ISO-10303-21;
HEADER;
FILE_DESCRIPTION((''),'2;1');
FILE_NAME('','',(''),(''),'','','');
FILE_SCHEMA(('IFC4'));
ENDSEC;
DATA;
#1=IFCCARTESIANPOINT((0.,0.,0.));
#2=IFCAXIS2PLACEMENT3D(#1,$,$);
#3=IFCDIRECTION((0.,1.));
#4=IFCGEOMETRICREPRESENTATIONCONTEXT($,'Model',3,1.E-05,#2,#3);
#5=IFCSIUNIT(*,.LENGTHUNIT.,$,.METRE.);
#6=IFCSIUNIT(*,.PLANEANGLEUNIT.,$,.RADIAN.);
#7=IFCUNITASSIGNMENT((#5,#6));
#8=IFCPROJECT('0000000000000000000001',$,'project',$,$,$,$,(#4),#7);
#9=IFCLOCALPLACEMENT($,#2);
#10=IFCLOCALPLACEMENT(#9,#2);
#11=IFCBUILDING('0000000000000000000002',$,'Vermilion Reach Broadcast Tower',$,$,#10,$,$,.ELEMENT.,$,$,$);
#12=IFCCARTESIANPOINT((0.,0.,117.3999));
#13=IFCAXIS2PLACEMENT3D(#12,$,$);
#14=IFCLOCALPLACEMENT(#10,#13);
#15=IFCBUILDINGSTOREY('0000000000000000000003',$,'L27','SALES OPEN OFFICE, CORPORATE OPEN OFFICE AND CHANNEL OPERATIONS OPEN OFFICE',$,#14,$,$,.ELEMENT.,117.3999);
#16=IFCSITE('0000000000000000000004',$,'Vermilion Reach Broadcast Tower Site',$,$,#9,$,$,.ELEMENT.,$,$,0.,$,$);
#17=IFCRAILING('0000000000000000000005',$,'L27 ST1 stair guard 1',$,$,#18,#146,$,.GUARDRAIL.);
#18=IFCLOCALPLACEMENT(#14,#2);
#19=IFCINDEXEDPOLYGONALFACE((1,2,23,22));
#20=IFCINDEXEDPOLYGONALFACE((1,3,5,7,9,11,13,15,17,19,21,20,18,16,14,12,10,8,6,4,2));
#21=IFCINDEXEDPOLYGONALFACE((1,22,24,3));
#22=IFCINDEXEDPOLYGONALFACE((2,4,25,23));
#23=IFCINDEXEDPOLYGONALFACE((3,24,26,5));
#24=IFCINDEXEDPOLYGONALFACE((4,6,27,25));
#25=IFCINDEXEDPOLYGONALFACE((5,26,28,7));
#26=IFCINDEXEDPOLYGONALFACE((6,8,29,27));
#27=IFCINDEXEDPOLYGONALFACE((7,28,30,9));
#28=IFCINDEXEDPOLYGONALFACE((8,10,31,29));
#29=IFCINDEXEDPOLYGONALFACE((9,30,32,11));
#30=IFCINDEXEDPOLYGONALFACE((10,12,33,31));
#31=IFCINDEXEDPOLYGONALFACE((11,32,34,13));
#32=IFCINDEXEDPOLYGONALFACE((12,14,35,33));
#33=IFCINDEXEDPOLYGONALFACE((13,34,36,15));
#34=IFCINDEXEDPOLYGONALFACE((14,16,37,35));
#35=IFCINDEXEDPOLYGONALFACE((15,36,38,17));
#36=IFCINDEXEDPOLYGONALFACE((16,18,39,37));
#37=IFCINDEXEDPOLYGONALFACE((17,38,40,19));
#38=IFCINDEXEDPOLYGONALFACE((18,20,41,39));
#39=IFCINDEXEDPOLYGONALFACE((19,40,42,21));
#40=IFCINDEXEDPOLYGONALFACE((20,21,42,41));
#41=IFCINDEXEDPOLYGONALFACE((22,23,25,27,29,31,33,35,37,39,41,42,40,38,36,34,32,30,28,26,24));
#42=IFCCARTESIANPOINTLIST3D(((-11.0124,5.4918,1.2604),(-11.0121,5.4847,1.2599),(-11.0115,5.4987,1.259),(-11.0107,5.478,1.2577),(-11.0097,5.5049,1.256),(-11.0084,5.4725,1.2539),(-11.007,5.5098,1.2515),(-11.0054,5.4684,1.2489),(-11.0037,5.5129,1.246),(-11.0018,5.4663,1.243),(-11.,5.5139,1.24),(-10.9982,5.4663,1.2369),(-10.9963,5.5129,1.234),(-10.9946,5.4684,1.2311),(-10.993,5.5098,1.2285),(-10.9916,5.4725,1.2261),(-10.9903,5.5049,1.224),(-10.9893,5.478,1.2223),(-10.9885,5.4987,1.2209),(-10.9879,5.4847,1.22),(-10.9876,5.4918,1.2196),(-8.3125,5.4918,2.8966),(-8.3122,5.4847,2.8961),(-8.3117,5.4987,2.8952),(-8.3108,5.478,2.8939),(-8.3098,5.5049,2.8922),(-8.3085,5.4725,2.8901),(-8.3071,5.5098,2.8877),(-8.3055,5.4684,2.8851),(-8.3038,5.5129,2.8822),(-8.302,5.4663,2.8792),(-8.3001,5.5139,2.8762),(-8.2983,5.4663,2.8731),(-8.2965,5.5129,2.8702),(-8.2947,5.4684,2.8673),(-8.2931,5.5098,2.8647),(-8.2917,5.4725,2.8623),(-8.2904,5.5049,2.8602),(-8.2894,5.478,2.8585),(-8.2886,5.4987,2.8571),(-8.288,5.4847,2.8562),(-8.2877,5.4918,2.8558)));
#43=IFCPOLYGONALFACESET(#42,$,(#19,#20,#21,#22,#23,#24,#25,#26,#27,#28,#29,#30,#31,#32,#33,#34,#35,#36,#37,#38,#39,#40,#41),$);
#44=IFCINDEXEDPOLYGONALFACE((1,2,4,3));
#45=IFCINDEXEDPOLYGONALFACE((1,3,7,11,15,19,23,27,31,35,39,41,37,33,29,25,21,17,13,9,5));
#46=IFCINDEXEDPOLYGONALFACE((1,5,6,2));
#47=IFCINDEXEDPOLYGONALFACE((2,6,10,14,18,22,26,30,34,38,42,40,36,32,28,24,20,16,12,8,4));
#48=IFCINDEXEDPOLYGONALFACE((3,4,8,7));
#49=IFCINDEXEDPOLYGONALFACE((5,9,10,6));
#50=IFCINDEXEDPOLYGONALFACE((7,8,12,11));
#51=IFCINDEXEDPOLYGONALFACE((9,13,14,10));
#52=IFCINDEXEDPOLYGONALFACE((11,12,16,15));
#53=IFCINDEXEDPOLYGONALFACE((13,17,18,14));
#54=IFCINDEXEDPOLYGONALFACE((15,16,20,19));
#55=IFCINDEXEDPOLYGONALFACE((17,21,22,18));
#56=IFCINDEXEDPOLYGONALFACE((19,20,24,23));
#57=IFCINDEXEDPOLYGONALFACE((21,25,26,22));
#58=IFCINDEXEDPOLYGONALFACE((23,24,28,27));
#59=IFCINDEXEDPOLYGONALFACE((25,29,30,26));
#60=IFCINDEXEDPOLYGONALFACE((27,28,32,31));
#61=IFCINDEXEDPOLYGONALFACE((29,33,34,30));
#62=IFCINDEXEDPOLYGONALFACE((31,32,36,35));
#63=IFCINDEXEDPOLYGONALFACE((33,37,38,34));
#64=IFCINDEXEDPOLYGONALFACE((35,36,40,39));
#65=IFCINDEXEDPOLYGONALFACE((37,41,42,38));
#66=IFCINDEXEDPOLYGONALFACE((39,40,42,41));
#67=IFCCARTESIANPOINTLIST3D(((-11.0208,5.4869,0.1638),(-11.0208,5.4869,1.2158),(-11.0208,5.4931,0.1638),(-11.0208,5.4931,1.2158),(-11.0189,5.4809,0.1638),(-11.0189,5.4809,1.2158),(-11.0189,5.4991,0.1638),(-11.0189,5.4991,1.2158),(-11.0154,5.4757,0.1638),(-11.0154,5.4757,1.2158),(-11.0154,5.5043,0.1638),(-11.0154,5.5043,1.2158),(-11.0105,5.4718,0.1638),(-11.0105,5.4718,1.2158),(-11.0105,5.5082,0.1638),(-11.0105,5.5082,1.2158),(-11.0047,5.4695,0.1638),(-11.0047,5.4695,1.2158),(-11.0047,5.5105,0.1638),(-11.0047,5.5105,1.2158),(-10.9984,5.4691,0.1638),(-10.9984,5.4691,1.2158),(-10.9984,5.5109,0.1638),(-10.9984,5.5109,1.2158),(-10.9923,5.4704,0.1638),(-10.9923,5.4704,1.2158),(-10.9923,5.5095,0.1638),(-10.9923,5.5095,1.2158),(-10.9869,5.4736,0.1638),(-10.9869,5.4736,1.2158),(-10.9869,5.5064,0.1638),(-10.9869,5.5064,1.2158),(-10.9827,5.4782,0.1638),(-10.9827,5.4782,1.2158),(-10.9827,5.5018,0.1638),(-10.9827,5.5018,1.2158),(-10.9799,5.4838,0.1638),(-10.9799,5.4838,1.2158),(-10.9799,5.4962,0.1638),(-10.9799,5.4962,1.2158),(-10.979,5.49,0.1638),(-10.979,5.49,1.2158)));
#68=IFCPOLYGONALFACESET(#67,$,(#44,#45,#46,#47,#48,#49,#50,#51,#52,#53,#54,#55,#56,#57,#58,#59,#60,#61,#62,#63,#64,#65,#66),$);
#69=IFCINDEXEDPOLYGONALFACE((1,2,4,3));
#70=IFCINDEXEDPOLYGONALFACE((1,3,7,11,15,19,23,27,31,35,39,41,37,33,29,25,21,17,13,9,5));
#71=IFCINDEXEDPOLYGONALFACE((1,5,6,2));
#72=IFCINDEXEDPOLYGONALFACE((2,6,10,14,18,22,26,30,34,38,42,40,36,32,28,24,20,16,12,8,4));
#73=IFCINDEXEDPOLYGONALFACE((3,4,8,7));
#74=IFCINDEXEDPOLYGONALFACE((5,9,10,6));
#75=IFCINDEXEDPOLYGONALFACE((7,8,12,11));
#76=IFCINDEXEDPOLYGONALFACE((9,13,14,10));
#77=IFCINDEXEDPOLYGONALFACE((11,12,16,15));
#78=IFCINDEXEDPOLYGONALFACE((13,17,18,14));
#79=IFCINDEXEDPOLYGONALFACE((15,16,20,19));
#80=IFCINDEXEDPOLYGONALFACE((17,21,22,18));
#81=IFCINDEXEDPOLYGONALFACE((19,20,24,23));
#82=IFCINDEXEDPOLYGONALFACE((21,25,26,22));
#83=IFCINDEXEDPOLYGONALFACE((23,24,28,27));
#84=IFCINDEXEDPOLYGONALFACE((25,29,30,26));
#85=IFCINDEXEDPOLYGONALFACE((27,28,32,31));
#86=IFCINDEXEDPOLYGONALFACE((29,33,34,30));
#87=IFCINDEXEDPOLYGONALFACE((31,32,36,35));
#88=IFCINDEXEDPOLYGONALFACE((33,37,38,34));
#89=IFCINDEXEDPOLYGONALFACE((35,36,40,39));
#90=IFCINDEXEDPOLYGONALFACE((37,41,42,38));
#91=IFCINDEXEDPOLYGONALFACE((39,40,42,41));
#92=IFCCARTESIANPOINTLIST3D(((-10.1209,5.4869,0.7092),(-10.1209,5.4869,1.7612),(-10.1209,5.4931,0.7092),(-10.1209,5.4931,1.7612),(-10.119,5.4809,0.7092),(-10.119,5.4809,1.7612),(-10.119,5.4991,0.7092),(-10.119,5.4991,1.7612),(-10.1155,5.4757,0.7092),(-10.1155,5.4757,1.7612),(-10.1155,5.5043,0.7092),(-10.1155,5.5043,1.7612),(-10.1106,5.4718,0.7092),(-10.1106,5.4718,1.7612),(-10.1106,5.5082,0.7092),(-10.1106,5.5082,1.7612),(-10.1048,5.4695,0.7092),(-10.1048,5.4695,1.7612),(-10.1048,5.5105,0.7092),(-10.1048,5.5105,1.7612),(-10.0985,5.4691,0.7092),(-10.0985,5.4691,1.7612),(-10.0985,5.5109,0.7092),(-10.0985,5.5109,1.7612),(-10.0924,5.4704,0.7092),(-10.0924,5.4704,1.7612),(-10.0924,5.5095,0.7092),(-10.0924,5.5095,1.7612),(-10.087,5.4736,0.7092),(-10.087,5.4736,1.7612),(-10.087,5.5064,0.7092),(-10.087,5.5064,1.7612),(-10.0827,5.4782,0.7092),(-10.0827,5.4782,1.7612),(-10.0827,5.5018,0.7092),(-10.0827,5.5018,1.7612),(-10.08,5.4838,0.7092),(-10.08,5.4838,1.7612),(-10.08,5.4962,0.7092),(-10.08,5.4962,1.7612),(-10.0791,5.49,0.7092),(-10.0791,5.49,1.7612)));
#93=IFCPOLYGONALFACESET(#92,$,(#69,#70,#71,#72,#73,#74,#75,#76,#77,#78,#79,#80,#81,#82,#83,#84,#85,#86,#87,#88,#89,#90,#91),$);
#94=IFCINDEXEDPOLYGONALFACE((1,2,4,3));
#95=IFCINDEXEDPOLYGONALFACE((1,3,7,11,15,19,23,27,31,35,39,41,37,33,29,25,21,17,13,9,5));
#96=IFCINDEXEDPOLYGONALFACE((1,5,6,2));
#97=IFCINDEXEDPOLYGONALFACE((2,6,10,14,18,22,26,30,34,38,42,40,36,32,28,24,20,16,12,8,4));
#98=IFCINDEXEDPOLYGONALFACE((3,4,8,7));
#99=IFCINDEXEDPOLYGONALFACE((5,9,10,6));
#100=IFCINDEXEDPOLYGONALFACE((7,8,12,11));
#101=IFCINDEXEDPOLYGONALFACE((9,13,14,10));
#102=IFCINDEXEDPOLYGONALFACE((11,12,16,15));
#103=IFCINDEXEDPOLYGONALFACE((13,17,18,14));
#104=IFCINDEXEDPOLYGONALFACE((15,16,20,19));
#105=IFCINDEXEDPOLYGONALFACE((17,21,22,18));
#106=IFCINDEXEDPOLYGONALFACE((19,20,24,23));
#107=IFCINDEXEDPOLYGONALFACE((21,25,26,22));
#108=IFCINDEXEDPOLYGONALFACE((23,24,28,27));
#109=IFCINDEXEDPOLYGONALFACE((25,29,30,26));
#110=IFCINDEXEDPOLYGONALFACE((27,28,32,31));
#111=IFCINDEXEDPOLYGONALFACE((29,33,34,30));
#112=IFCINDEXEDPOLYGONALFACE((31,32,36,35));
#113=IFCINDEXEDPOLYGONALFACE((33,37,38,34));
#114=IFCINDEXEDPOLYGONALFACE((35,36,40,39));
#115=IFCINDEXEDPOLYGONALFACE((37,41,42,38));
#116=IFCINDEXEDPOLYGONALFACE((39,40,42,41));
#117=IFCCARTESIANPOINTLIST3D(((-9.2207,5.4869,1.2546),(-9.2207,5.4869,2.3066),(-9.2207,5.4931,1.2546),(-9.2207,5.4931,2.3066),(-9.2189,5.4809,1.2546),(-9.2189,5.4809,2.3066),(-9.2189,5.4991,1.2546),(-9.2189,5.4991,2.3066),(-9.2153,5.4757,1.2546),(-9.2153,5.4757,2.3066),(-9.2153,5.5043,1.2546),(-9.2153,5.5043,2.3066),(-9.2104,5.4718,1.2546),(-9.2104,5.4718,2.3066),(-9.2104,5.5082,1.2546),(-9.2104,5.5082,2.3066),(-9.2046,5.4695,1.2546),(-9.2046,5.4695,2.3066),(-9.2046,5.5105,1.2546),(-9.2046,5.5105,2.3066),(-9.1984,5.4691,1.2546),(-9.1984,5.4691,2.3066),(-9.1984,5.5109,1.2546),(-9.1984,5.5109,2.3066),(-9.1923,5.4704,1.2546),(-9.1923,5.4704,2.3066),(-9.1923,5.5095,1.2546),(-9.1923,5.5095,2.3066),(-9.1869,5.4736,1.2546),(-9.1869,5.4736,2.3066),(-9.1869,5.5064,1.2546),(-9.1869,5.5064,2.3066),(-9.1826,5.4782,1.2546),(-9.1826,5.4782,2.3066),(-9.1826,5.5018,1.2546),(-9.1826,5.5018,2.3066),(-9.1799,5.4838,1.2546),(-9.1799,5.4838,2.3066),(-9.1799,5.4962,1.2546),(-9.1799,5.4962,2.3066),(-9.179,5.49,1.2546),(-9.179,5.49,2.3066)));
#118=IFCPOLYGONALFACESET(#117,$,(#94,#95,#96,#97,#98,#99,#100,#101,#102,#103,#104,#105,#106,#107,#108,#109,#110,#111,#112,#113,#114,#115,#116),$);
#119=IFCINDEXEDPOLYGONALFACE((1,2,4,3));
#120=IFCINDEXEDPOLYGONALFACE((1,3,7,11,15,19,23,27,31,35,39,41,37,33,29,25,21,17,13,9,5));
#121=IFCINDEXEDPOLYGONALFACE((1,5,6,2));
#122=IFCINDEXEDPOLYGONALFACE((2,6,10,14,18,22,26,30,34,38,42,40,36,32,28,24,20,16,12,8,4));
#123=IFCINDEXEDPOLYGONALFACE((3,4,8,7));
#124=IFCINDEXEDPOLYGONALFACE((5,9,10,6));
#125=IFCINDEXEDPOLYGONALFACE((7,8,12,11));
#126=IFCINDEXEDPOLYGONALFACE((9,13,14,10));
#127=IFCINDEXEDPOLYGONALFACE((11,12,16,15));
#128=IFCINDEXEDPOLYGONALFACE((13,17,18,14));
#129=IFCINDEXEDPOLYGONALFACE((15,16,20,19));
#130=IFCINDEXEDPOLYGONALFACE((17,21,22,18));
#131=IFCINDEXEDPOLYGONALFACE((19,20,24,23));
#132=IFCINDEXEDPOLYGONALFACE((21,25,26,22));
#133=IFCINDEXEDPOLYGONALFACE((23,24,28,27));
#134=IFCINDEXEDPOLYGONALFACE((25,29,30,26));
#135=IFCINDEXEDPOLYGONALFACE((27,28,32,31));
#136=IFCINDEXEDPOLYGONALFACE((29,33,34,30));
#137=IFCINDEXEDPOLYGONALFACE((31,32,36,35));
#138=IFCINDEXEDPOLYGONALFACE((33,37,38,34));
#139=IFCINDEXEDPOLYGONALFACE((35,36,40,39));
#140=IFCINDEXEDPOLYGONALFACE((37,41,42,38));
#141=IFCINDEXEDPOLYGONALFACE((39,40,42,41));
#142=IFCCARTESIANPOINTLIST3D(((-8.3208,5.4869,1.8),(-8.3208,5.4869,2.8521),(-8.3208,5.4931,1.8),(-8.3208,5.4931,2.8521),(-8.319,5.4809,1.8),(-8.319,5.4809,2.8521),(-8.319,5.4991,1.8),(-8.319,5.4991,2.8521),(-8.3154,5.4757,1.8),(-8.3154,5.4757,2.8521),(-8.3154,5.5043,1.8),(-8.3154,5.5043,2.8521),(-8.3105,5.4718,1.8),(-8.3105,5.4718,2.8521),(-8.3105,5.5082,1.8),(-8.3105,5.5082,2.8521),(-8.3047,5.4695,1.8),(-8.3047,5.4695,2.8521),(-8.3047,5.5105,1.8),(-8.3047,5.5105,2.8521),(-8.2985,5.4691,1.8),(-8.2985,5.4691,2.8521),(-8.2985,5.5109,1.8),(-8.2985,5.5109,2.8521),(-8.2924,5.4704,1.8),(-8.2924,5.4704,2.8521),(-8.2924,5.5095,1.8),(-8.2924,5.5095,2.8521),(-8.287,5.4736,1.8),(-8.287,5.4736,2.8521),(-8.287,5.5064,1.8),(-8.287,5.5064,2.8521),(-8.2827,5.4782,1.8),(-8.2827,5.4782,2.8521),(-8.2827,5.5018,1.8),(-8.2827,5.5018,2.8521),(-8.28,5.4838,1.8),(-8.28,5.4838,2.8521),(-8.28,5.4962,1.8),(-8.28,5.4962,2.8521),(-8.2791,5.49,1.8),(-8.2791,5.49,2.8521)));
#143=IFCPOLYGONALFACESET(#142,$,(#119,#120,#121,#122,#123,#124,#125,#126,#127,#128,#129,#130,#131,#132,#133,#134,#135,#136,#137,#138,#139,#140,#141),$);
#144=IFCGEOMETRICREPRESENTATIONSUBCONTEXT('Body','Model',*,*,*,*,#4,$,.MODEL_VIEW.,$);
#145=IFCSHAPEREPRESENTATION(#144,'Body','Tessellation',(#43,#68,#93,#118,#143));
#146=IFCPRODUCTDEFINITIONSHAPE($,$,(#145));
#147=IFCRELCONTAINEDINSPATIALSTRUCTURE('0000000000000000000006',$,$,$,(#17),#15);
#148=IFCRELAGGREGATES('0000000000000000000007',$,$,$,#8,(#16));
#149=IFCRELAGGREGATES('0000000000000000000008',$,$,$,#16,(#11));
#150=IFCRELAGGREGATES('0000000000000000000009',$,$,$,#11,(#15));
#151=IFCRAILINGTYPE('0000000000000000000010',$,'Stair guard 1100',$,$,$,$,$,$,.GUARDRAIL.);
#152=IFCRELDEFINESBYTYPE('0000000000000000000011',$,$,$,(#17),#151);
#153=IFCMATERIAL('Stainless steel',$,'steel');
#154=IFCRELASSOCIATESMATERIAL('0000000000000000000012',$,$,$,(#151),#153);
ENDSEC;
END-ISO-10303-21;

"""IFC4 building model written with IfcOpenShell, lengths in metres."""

from ifc_helpers import new_model, si_unit, direction, frame, origin, origin_2d, place, context, subcontext, project, spatial, circle, extrude, material, type_object, element, save


model = new_model("IFC4")

# Units and contexts
model_context = context("Model", 3, precision=1e-05, world=origin(), true_north=direction((0.0, 1.0)))
body_context = subcontext(model_context, "Body", "Model", "MODEL_VIEW")
ifc_project = project(units=[si_unit("LENGTHUNIT", "METRE"), si_unit("PLANEANGLEUNIT", "RADIAN")], contexts=[model_context])

# Site, building, storey
site_placement = place(None, origin())
site = spatial("IfcSite", under=ifc_project, at=site_placement, Name="Vermilion Reach Broadcast Tower Site", CompositionType="ELEMENT", RefElevation=0.0)
building_placement = place(site_placement, origin())
building = spatial("IfcBuilding", under=site, at=building_placement, Name="Vermilion Reach Broadcast Tower", CompositionType="ELEMENT")
storey_placement = place(building_placement, frame((0.0, 0.0, 117.3999)))
storey = spatial("IfcBuildingStorey", under=building, at=storey_placement, Name="L27", Description="SALES OPEN OFFICE, CORPORATE OPEN OFFICE AND CHANNEL OPERATIONS OPEN OFFICE", CompositionType="ELEMENT", Elevation=117.3999)

# Railing
ifc_material_1 = material(Name="Stainless steel", Category="steel")
railing_type_1 = type_object("IfcRailingType", Name="Stair guard 1100", PredefinedType="GUARDRAIL", material=ifc_material_1)
railing_1_placement = place(storey_placement, frame((-11.0, 5.49, 0.1638)))
element("IfcRailing", 1, at=railing_1_placement, inside=storey, type_object=railing_type_1, Name="L27 ST1 stair guard 1", PredefinedType="GUARDRAIL", context=body_context, shape_type="SweptSolid", body=[
    extrude(circle(Radius=0.0239, at=origin_2d()), frame((0.0, 0.0, 1.0762), z_axis=(0.855212, 0.0, 0.518278), x_axis=(0.0, 1.0, 0.0)), (0.0, 0.0, 1.0), 3.157),
    extrude(circle(Radius=0.021, at=origin_2d()), origin(), (0.0, 0.0, 1.0), 1.052),
    extrude(circle(Radius=0.021, at=origin_2d()), frame((0.8999, 0.0, 0.5454)), (0.0, 0.0, 1.0), 1.052),
    extrude(circle(Radius=0.021, at=origin_2d()), frame((1.8, 0.0, 1.0908)), (0.0, 0.0, 1.0), 1.052),
    extrude(circle(Radius=0.021, at=origin_2d()), frame((2.7, 0.0, 1.6362)), (0.0, 0.0, 1.0), 1.052),
])

save(model, "model.ifc")
